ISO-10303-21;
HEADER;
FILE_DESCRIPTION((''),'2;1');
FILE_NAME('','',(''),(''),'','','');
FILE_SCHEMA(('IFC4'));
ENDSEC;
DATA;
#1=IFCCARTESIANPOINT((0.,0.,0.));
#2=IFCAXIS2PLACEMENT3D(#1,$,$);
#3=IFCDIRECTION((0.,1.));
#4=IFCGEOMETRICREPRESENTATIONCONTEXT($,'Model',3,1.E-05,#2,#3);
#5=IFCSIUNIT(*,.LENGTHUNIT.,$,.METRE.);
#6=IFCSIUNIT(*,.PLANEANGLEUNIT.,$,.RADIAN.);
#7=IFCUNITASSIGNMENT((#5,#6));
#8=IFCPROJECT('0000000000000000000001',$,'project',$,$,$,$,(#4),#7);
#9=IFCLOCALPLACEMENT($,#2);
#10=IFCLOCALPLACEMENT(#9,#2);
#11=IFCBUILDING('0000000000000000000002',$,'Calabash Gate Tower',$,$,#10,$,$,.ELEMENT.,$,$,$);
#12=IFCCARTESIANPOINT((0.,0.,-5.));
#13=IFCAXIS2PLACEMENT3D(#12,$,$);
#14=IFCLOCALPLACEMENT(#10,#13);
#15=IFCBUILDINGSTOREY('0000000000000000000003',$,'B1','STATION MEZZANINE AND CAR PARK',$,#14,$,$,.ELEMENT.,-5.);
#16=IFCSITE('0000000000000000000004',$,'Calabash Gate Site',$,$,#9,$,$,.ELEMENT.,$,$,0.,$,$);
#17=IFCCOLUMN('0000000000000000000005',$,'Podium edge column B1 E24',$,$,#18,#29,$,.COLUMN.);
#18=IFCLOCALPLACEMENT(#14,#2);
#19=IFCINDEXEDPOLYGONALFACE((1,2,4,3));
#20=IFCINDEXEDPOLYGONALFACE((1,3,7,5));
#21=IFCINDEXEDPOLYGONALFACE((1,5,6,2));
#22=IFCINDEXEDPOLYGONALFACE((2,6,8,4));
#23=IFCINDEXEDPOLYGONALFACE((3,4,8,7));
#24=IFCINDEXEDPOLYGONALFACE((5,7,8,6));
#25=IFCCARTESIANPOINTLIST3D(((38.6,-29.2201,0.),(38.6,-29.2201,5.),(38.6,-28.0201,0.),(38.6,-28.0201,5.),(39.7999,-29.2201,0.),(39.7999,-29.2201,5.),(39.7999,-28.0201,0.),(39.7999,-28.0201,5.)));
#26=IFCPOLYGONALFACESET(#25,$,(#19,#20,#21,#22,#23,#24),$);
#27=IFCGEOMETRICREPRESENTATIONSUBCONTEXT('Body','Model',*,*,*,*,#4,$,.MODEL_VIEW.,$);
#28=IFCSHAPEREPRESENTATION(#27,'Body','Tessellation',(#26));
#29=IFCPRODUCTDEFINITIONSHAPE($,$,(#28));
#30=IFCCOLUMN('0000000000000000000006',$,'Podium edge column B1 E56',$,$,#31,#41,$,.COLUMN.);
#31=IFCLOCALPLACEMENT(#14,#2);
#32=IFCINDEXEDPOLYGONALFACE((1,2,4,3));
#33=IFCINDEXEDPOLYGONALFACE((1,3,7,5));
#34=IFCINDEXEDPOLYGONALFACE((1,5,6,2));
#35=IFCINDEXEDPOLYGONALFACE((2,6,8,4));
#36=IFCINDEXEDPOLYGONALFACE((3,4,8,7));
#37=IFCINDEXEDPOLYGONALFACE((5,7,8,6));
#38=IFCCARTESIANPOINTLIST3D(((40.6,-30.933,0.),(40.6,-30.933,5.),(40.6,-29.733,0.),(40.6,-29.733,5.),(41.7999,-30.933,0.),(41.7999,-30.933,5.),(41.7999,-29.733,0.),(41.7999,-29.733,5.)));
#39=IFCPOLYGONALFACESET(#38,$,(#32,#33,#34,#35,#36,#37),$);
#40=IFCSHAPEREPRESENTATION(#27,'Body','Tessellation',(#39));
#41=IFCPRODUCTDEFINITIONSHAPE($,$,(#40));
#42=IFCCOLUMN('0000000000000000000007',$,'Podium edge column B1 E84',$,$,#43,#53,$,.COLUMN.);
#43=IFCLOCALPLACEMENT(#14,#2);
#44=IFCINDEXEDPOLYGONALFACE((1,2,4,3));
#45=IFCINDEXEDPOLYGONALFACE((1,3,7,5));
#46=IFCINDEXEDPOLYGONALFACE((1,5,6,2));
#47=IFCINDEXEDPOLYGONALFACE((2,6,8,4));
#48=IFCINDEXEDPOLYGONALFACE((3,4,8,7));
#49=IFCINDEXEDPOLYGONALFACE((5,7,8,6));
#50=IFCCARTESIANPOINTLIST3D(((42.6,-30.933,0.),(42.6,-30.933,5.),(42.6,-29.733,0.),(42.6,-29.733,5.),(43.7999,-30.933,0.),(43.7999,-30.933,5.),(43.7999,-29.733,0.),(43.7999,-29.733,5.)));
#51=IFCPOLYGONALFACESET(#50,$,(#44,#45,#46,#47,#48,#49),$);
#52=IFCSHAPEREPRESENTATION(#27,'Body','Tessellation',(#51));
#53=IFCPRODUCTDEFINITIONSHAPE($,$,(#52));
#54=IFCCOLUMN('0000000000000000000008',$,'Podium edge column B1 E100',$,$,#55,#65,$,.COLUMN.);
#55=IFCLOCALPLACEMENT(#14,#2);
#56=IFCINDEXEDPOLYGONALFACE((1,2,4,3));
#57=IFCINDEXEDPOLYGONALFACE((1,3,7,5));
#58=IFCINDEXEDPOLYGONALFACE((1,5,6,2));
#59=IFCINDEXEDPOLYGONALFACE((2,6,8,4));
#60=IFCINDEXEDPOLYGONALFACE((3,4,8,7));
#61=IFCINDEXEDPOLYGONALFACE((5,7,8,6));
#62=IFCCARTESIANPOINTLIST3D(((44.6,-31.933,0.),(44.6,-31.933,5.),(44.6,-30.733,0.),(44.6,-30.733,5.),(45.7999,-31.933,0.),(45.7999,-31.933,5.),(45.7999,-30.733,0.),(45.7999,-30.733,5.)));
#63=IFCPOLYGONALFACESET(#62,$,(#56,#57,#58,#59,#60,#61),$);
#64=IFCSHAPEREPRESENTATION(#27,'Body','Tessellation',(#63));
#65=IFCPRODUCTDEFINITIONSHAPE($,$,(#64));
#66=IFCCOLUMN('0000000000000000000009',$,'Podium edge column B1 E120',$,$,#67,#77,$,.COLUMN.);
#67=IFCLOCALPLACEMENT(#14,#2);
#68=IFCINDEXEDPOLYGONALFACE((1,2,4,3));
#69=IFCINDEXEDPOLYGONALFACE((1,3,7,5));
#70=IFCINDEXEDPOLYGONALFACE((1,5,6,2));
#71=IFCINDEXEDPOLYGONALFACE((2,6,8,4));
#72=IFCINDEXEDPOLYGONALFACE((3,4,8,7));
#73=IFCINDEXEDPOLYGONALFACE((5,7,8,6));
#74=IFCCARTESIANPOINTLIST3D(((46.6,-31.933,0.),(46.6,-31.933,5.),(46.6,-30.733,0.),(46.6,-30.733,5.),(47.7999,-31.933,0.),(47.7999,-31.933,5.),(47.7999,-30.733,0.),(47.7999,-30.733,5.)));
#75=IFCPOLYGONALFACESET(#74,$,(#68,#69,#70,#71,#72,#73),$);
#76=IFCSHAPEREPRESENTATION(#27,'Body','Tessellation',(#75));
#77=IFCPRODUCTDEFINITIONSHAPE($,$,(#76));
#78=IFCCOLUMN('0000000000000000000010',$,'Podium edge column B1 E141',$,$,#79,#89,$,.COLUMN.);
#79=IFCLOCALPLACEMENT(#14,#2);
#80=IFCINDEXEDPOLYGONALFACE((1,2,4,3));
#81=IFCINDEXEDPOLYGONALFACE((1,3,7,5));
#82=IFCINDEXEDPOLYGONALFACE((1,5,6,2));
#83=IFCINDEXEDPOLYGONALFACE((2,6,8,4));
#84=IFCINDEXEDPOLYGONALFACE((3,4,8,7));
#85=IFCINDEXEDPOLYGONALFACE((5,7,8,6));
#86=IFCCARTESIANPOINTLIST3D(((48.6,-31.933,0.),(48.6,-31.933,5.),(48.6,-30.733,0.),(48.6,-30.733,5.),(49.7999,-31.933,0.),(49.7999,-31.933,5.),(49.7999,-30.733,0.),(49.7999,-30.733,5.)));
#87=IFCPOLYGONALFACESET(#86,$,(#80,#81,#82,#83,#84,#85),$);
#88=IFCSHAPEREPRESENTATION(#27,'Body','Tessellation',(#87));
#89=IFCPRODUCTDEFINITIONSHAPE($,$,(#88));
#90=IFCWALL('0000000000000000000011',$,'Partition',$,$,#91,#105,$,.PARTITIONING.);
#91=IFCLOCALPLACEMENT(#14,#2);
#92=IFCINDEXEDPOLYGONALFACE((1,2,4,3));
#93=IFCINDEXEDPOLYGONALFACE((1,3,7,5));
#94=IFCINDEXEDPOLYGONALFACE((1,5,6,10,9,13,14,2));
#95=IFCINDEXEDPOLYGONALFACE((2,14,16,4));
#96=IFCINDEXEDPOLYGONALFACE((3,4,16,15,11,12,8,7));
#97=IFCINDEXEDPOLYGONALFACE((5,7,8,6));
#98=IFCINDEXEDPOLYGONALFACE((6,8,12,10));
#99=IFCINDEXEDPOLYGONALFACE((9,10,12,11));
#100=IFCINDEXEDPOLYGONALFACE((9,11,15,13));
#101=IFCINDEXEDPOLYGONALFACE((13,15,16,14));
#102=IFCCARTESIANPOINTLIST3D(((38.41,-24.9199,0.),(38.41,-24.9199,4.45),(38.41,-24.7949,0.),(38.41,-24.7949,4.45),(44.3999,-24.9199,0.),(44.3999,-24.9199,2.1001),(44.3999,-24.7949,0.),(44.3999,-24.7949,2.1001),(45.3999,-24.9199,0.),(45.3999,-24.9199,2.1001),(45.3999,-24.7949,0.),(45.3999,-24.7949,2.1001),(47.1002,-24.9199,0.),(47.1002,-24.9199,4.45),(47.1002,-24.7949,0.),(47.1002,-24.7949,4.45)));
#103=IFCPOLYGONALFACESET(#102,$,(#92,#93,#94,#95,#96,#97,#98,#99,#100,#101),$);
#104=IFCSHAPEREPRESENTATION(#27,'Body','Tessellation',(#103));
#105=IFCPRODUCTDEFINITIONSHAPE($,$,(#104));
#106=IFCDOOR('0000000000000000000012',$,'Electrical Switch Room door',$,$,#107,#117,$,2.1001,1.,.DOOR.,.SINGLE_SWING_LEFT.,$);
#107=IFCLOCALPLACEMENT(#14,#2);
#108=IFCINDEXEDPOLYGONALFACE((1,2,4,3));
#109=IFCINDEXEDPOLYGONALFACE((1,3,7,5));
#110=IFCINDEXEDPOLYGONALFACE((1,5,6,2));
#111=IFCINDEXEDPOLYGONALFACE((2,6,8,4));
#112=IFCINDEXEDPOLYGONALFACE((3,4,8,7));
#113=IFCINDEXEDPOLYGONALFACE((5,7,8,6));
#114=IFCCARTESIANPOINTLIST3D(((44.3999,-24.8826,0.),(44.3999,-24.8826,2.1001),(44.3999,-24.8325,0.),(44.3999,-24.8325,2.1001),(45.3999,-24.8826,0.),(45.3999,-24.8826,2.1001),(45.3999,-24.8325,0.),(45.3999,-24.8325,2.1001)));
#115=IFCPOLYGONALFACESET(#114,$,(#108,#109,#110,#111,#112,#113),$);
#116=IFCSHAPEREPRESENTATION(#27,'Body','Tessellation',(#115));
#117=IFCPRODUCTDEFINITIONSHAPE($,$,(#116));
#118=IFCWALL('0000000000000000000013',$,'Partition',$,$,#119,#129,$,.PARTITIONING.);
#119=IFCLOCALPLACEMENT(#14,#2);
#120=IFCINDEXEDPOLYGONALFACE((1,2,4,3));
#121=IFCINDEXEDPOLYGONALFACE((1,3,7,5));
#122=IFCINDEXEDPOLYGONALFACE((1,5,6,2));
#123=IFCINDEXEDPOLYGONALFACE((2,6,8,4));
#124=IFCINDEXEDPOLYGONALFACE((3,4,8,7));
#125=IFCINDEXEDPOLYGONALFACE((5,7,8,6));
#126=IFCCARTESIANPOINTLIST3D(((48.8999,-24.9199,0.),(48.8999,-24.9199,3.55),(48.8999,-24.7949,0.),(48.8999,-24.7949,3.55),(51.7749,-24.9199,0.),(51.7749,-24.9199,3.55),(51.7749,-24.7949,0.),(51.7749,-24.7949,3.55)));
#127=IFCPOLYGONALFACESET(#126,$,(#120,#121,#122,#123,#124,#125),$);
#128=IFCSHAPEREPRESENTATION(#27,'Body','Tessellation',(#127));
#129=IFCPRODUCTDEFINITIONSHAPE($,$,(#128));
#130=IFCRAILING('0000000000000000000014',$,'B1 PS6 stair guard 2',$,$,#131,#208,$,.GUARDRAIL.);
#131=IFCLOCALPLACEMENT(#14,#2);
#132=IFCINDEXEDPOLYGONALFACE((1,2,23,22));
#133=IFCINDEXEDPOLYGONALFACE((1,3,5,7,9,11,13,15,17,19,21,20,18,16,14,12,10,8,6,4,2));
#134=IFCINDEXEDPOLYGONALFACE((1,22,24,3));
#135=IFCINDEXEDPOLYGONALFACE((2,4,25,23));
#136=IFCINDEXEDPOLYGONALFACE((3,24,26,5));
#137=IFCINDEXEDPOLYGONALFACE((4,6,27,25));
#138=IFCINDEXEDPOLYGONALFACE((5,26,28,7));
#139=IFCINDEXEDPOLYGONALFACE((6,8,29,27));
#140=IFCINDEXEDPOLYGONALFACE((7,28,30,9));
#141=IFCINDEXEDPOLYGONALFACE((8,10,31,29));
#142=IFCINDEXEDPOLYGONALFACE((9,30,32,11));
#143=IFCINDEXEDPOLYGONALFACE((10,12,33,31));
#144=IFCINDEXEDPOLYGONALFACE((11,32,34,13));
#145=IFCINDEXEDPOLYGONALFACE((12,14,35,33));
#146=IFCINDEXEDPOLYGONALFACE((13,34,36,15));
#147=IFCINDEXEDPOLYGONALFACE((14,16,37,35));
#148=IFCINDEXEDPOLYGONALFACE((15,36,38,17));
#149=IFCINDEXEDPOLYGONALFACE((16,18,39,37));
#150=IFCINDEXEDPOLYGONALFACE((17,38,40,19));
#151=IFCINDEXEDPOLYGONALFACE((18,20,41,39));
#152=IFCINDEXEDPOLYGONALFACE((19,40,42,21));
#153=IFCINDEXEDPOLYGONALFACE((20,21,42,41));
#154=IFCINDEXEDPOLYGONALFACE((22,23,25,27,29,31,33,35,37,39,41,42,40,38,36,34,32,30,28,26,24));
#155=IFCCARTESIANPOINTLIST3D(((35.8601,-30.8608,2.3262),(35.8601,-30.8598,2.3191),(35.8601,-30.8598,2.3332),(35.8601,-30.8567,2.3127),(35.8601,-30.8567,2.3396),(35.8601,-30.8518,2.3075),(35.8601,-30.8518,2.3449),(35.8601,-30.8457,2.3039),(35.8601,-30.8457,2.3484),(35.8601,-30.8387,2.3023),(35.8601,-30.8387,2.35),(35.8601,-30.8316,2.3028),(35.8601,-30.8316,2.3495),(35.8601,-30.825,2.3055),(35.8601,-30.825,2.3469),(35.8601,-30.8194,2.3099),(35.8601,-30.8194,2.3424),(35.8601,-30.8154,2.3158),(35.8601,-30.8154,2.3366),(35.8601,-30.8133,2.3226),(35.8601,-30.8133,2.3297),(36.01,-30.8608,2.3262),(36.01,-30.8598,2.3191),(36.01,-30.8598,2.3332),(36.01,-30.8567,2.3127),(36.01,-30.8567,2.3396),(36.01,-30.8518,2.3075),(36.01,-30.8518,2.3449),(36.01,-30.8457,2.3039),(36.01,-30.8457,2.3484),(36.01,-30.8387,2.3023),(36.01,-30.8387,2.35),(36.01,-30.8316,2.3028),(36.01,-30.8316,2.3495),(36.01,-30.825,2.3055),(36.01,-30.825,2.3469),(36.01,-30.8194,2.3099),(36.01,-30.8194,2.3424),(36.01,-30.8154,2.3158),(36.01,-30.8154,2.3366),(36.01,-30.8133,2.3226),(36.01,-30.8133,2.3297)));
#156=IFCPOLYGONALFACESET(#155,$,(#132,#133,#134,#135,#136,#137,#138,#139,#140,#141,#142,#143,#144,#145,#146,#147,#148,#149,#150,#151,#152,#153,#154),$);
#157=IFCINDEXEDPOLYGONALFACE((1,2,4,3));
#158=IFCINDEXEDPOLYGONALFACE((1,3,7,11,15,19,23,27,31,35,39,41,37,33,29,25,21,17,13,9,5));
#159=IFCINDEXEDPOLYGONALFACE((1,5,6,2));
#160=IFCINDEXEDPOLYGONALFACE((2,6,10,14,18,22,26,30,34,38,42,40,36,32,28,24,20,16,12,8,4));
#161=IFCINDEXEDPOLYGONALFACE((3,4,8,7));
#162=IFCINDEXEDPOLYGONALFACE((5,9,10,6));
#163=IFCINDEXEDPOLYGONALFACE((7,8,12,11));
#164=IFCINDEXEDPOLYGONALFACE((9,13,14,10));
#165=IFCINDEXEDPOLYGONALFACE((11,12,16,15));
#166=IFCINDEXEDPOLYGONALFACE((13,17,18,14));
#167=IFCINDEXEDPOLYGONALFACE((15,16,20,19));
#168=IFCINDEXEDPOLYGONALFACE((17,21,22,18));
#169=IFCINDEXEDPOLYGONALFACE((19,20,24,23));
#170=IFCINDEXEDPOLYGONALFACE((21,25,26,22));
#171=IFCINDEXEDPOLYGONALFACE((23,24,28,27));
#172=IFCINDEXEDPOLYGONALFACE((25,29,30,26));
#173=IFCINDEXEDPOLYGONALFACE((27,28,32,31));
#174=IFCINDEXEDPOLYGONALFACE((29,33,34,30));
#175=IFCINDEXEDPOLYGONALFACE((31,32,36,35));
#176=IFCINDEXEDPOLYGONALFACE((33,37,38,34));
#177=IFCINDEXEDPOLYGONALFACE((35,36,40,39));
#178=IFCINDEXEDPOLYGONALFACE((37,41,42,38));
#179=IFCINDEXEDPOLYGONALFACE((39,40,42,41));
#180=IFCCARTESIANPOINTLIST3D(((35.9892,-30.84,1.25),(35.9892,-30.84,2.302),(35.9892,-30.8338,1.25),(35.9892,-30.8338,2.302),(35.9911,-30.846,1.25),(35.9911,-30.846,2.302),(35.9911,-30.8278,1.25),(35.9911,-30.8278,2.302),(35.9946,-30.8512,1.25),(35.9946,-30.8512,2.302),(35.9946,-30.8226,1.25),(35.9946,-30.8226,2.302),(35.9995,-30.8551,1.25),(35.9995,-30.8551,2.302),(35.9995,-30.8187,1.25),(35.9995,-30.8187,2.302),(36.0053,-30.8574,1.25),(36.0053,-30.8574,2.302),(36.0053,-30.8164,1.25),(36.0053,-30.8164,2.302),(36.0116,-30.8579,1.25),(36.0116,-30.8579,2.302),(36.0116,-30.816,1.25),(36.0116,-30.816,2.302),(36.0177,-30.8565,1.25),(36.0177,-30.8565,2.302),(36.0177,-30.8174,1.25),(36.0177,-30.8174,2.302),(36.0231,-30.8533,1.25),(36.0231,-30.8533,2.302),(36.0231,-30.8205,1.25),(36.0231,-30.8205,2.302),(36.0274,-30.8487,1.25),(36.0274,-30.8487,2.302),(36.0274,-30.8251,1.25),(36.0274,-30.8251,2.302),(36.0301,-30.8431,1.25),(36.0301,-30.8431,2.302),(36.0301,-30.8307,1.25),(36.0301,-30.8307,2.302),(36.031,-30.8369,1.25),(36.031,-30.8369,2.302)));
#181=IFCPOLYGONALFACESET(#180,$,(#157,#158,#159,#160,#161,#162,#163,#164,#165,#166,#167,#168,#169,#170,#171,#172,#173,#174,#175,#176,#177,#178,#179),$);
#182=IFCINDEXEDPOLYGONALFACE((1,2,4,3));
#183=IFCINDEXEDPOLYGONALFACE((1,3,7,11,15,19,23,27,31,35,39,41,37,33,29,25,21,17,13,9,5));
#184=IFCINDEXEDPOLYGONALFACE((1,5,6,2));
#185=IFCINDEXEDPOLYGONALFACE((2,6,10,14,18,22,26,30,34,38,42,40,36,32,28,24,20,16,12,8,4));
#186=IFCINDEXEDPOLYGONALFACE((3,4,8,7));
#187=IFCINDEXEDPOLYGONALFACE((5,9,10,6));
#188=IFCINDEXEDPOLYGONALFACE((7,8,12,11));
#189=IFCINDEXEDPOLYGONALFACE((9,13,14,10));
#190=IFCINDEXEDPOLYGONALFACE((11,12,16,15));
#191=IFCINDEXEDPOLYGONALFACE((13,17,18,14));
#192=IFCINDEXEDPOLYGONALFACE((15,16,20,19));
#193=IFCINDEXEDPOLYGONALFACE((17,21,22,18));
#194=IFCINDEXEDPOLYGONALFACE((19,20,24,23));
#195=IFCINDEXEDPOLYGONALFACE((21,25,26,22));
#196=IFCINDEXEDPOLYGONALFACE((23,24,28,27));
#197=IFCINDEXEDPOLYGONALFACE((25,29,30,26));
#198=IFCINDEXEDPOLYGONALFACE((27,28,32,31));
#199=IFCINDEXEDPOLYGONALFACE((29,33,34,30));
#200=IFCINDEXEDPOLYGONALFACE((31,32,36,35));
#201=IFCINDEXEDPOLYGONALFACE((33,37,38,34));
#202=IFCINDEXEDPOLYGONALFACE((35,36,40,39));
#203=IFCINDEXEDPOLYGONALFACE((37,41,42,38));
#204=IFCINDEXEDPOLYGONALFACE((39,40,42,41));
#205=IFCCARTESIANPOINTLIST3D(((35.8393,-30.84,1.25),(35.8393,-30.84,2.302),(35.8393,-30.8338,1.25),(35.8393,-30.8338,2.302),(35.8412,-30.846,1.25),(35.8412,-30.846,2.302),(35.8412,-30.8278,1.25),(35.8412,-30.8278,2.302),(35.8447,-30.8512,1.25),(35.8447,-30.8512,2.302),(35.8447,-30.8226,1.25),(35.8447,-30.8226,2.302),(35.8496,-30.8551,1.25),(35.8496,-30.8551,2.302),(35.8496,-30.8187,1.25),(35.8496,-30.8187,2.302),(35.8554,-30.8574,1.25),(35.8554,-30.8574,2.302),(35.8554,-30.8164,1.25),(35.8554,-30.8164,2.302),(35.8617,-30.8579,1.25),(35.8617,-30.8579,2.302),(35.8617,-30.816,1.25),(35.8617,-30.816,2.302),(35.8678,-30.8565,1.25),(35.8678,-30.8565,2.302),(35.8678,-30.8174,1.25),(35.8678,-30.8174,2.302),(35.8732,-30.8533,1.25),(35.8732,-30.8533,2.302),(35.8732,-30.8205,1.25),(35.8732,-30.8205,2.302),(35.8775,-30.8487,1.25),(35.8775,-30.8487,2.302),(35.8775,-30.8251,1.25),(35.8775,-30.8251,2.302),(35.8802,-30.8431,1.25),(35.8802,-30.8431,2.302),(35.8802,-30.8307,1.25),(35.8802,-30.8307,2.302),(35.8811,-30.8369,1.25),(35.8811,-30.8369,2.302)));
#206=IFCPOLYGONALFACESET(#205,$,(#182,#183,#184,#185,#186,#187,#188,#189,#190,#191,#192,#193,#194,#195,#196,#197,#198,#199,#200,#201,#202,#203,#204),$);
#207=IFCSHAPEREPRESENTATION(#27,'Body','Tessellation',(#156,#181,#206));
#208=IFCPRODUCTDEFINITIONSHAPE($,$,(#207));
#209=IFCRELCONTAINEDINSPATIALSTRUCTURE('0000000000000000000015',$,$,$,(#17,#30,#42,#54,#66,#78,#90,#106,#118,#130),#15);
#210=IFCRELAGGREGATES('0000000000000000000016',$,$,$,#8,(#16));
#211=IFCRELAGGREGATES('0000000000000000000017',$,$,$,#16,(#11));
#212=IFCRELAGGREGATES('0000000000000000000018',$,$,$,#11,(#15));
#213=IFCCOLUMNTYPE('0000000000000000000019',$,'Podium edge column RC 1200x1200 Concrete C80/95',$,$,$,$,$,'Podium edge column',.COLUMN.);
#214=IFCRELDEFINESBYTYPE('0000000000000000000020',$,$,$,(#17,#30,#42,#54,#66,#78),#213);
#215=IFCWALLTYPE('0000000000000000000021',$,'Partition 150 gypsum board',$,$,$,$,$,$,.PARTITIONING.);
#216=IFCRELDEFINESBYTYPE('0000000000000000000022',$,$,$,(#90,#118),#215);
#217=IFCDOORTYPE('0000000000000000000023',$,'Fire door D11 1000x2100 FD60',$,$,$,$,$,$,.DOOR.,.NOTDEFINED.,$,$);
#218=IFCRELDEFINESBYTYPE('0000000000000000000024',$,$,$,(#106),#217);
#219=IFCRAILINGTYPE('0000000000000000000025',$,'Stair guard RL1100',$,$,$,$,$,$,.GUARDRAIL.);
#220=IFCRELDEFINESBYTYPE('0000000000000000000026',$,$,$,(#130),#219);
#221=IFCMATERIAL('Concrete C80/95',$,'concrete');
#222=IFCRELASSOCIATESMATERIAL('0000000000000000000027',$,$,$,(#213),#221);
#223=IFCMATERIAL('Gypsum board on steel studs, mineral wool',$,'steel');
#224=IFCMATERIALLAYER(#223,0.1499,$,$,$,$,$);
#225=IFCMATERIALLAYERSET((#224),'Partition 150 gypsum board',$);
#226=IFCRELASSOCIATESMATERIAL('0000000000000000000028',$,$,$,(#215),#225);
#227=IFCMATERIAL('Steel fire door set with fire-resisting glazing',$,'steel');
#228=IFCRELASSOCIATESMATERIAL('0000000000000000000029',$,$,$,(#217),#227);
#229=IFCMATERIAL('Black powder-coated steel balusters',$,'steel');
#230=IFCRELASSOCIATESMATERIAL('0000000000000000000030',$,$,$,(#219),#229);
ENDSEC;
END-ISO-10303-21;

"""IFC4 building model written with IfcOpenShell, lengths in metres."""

from ifc_helpers import new_model, si_unit, direction, frame, frame_2d, origin, origin_2d, place, context, subcontext, project, spatial, rectangle, circle, extrude, material, layer, layer_set, material_profile, profile_set, type_object, element, fill, save


model = new_model("IFC4")

# Units and contexts
model_context = context("Model", 3, precision=1e-05, world=origin(), true_north=direction((0.0, 1.0)))
body_context = subcontext(model_context, "Body", "Model", "MODEL_VIEW")
ifc_project = project(units=[si_unit("LENGTHUNIT", "METRE"), si_unit("PLANEANGLEUNIT", "RADIAN")], contexts=[model_context])

# Site, building, storey
site_placement = place(None, origin())
site = spatial("IfcSite", under=ifc_project, at=site_placement, Name="Calabash Gate Site", CompositionType="ELEMENT", RefElevation=0.0)
building_placement = place(site_placement, origin())
building = spatial("IfcBuilding", under=site, at=building_placement, Name="Calabash Gate Tower", CompositionType="ELEMENT")
storey_placement = place(building_placement, frame((0.0, 0.0, -5.0)))
storey = spatial("IfcBuildingStorey", under=building, at=storey_placement, Name="B1", Description="STATION MEZZANINE AND CAR PARK", CompositionType="ELEMENT", Elevation=-5.0)

# Columns
ifc_material_1 = material(Name="Concrete C80/95", Category="concrete")
ifc_material_profile = material_profile(ifc_material_1, rectangle(XDim=1.2, YDim=1.2, at=origin_2d()))
ifc_profile_set = profile_set([ifc_material_profile], Name="Concrete C80/95")
column_type = type_object("IfcColumnType", Name="Podium edge column RC 1200x1200 Concrete C80/95", ElementType="Podium edge column", PredefinedType="COLUMN", material=ifc_profile_set)
for number, where, z_axis, x_axis, name in (
    (1, (39.2, -28.6201, 0.0), (0.0, 0.0, 1.0), (1.0, 0.0, 0.0), "Podium edge column B1 E24"),
    (2, (41.2, -30.333, 0.0), (0.0, 0.0, 1.0), (1.0, 0.0, 0.0), "Podium edge column B1 E56"),
    (3, (43.2, -30.333, 0.0), (0.0, 0.0, 1.0), (1.0, 0.0, 0.0), "Podium edge column B1 E84"),
    (4, (45.2, -31.333, 0.0), (0.0, 0.0, 1.0), (1.0, 0.0, 0.0), "Podium edge column B1 E100"),
    (5, (47.2, -31.333, 0.0), (0.0, 0.0, 1.0), (1.0, 0.0, 0.0), "Podium edge column B1 E120"),
    (6, (49.2, -31.333, 0.0), (0.0, 0.0, 1.0), (1.0, 0.0, 0.0), "Podium edge column B1 E141"),
):
    element("IfcColumn", number, at=place(storey_placement, frame(where, z_axis=z_axis, x_axis=x_axis)), inside=storey, type_object=column_type, Name=name, PredefinedType="COLUMN", context=body_context, shape_type="SweptSolid", body=[
        extrude(rectangle(XDim=1.2, YDim=1.2, at=origin_2d()), origin(), (0.0, 0.0, 1.0), 5.0),
    ])

# Wall, opening, door
ifc_material_2 = material(Name="Gypsum board on steel studs, mineral wool", Category="steel")
ifc_layer_1 = layer(ifc_material_2, 0.1499)
ifc_layer_set_1 = layer_set([ifc_layer_1], Name="Partition 150 gypsum board")
wall_type_1 = type_object("IfcWallType", Name="Partition 150 gypsum board", PredefinedType="PARTITIONING", material=ifc_layer_set_1)
wall_1_placement = place(storey_placement, frame((38.4099, -24.8574, 0.0), z_axis=(0.0, 0.0, 1.0), x_axis=(1.0, 0.0, 0.0)))
wall_1 = element("IfcWall", 7, at=wall_1_placement, inside=storey, type_object=wall_type_1, Name="Partition", PredefinedType="PARTITIONING", context=body_context, shape_type="SweptSolid", body=[
    extrude(rectangle(XDim=8.6902, YDim=0.125, at=frame_2d((4.3452, 0.0))), origin(), (0.0, 0.0, 1.0), 4.45),
])
opening_1_placement = place(wall_1_placement, frame((5.99, 0.0, 0.0)))
opening_1 = element("IfcOpeningElement", 8, at=opening_1_placement, cuts=wall_1, PredefinedType="OPENING", context=body_context, shape_type="SweptSolid", body=[
    extrude(rectangle(XDim=1.0, YDim=2.1001, at=frame_2d((0.5, 1.05))), frame((0.0, 0.0725, 0.0), z_axis=(0.0, -1.0, 0.0), x_axis=(1.0, 0.0, 0.0)), (0.0, 0.0, 1.0), 0.145),
])
ifc_material_3 = material(Name="Steel fire door set with fire-resisting glazing", Category="steel")
door_type_1 = type_object("IfcDoorType", Name="Fire door D11 1000x2100 FD60", OperationType="NOTDEFINED", PredefinedType="DOOR", material=ifc_material_3)
door_1_placement = place(opening_1_placement, origin())
door_1 = element("IfcDoor", 9, at=door_1_placement, inside=storey, type_object=door_type_1, Name="Electrical Switch Room door", OperationType="SINGLE_SWING_LEFT", OverallHeight=2.1001, OverallWidth=1.0, PredefinedType="DOOR", context=body_context, shape_type="SweptSolid", body=[
    extrude(rectangle(XDim=1.0, YDim=2.1001, at=frame_2d((0.5, 1.05))), frame((0.0, 0.0249, 0.0), z_axis=(0.0, -1.0, 0.0), x_axis=(1.0, 0.0, 0.0)), (0.0, 0.0, 1.0), 0.05),
])
fill(opening_1, door_1)

# Wall
wall_2_placement = place(storey_placement, frame((48.8999, -24.8574, 0.0), z_axis=(0.0, 0.0, 1.0), x_axis=(1.0, 0.0, 0.0)))
element("IfcWall", 10, at=wall_2_placement, inside=storey, type_object=wall_type_1, Name="Partition", PredefinedType="PARTITIONING", context=body_context, shape_type="SweptSolid", body=[
    extrude(rectangle(XDim=2.875, YDim=0.125, at=frame_2d((1.4375, 0.0))), origin(), (0.0, 0.0, 1.0), 3.55),
])

# Railing
ifc_material_4 = material(Name="Black powder-coated steel balusters", Category="steel")
railing_type_1 = type_object("IfcRailingType", Name="Stair guard RL1100", PredefinedType="GUARDRAIL", material=ifc_material_4)
for number, where, name in (
    (11, (36.01, -30.8369, 1.25), "B1 PS6 stair guard 2"),
):
    element("IfcRailing", number, at=place(storey_placement, frame(where)), inside=storey, type_object=railing_type_1, Name=name, PredefinedType="GUARDRAIL", context=body_context, shape_type="SweptSolid", body=[
        extrude(circle(Radius=0.0239, at=origin_2d()), frame((0.0, 0.0, 1.0762), z_axis=(-1.0, 0.0, 0.0), x_axis=(0.0, -1.0, 0.0)), (0.0, 0.0, 1.0), 0.1499),
        extrude(circle(Radius=0.021, at=origin_2d()), origin(), (0.0, 0.0, 1.0), 1.052),
        extrude(circle(Radius=0.021, at=origin_2d()), frame((-0.1499, 0.0, 0.0)), (0.0, 0.0, 1.0), 1.052),
    ])

save(model, "model.ifc")
